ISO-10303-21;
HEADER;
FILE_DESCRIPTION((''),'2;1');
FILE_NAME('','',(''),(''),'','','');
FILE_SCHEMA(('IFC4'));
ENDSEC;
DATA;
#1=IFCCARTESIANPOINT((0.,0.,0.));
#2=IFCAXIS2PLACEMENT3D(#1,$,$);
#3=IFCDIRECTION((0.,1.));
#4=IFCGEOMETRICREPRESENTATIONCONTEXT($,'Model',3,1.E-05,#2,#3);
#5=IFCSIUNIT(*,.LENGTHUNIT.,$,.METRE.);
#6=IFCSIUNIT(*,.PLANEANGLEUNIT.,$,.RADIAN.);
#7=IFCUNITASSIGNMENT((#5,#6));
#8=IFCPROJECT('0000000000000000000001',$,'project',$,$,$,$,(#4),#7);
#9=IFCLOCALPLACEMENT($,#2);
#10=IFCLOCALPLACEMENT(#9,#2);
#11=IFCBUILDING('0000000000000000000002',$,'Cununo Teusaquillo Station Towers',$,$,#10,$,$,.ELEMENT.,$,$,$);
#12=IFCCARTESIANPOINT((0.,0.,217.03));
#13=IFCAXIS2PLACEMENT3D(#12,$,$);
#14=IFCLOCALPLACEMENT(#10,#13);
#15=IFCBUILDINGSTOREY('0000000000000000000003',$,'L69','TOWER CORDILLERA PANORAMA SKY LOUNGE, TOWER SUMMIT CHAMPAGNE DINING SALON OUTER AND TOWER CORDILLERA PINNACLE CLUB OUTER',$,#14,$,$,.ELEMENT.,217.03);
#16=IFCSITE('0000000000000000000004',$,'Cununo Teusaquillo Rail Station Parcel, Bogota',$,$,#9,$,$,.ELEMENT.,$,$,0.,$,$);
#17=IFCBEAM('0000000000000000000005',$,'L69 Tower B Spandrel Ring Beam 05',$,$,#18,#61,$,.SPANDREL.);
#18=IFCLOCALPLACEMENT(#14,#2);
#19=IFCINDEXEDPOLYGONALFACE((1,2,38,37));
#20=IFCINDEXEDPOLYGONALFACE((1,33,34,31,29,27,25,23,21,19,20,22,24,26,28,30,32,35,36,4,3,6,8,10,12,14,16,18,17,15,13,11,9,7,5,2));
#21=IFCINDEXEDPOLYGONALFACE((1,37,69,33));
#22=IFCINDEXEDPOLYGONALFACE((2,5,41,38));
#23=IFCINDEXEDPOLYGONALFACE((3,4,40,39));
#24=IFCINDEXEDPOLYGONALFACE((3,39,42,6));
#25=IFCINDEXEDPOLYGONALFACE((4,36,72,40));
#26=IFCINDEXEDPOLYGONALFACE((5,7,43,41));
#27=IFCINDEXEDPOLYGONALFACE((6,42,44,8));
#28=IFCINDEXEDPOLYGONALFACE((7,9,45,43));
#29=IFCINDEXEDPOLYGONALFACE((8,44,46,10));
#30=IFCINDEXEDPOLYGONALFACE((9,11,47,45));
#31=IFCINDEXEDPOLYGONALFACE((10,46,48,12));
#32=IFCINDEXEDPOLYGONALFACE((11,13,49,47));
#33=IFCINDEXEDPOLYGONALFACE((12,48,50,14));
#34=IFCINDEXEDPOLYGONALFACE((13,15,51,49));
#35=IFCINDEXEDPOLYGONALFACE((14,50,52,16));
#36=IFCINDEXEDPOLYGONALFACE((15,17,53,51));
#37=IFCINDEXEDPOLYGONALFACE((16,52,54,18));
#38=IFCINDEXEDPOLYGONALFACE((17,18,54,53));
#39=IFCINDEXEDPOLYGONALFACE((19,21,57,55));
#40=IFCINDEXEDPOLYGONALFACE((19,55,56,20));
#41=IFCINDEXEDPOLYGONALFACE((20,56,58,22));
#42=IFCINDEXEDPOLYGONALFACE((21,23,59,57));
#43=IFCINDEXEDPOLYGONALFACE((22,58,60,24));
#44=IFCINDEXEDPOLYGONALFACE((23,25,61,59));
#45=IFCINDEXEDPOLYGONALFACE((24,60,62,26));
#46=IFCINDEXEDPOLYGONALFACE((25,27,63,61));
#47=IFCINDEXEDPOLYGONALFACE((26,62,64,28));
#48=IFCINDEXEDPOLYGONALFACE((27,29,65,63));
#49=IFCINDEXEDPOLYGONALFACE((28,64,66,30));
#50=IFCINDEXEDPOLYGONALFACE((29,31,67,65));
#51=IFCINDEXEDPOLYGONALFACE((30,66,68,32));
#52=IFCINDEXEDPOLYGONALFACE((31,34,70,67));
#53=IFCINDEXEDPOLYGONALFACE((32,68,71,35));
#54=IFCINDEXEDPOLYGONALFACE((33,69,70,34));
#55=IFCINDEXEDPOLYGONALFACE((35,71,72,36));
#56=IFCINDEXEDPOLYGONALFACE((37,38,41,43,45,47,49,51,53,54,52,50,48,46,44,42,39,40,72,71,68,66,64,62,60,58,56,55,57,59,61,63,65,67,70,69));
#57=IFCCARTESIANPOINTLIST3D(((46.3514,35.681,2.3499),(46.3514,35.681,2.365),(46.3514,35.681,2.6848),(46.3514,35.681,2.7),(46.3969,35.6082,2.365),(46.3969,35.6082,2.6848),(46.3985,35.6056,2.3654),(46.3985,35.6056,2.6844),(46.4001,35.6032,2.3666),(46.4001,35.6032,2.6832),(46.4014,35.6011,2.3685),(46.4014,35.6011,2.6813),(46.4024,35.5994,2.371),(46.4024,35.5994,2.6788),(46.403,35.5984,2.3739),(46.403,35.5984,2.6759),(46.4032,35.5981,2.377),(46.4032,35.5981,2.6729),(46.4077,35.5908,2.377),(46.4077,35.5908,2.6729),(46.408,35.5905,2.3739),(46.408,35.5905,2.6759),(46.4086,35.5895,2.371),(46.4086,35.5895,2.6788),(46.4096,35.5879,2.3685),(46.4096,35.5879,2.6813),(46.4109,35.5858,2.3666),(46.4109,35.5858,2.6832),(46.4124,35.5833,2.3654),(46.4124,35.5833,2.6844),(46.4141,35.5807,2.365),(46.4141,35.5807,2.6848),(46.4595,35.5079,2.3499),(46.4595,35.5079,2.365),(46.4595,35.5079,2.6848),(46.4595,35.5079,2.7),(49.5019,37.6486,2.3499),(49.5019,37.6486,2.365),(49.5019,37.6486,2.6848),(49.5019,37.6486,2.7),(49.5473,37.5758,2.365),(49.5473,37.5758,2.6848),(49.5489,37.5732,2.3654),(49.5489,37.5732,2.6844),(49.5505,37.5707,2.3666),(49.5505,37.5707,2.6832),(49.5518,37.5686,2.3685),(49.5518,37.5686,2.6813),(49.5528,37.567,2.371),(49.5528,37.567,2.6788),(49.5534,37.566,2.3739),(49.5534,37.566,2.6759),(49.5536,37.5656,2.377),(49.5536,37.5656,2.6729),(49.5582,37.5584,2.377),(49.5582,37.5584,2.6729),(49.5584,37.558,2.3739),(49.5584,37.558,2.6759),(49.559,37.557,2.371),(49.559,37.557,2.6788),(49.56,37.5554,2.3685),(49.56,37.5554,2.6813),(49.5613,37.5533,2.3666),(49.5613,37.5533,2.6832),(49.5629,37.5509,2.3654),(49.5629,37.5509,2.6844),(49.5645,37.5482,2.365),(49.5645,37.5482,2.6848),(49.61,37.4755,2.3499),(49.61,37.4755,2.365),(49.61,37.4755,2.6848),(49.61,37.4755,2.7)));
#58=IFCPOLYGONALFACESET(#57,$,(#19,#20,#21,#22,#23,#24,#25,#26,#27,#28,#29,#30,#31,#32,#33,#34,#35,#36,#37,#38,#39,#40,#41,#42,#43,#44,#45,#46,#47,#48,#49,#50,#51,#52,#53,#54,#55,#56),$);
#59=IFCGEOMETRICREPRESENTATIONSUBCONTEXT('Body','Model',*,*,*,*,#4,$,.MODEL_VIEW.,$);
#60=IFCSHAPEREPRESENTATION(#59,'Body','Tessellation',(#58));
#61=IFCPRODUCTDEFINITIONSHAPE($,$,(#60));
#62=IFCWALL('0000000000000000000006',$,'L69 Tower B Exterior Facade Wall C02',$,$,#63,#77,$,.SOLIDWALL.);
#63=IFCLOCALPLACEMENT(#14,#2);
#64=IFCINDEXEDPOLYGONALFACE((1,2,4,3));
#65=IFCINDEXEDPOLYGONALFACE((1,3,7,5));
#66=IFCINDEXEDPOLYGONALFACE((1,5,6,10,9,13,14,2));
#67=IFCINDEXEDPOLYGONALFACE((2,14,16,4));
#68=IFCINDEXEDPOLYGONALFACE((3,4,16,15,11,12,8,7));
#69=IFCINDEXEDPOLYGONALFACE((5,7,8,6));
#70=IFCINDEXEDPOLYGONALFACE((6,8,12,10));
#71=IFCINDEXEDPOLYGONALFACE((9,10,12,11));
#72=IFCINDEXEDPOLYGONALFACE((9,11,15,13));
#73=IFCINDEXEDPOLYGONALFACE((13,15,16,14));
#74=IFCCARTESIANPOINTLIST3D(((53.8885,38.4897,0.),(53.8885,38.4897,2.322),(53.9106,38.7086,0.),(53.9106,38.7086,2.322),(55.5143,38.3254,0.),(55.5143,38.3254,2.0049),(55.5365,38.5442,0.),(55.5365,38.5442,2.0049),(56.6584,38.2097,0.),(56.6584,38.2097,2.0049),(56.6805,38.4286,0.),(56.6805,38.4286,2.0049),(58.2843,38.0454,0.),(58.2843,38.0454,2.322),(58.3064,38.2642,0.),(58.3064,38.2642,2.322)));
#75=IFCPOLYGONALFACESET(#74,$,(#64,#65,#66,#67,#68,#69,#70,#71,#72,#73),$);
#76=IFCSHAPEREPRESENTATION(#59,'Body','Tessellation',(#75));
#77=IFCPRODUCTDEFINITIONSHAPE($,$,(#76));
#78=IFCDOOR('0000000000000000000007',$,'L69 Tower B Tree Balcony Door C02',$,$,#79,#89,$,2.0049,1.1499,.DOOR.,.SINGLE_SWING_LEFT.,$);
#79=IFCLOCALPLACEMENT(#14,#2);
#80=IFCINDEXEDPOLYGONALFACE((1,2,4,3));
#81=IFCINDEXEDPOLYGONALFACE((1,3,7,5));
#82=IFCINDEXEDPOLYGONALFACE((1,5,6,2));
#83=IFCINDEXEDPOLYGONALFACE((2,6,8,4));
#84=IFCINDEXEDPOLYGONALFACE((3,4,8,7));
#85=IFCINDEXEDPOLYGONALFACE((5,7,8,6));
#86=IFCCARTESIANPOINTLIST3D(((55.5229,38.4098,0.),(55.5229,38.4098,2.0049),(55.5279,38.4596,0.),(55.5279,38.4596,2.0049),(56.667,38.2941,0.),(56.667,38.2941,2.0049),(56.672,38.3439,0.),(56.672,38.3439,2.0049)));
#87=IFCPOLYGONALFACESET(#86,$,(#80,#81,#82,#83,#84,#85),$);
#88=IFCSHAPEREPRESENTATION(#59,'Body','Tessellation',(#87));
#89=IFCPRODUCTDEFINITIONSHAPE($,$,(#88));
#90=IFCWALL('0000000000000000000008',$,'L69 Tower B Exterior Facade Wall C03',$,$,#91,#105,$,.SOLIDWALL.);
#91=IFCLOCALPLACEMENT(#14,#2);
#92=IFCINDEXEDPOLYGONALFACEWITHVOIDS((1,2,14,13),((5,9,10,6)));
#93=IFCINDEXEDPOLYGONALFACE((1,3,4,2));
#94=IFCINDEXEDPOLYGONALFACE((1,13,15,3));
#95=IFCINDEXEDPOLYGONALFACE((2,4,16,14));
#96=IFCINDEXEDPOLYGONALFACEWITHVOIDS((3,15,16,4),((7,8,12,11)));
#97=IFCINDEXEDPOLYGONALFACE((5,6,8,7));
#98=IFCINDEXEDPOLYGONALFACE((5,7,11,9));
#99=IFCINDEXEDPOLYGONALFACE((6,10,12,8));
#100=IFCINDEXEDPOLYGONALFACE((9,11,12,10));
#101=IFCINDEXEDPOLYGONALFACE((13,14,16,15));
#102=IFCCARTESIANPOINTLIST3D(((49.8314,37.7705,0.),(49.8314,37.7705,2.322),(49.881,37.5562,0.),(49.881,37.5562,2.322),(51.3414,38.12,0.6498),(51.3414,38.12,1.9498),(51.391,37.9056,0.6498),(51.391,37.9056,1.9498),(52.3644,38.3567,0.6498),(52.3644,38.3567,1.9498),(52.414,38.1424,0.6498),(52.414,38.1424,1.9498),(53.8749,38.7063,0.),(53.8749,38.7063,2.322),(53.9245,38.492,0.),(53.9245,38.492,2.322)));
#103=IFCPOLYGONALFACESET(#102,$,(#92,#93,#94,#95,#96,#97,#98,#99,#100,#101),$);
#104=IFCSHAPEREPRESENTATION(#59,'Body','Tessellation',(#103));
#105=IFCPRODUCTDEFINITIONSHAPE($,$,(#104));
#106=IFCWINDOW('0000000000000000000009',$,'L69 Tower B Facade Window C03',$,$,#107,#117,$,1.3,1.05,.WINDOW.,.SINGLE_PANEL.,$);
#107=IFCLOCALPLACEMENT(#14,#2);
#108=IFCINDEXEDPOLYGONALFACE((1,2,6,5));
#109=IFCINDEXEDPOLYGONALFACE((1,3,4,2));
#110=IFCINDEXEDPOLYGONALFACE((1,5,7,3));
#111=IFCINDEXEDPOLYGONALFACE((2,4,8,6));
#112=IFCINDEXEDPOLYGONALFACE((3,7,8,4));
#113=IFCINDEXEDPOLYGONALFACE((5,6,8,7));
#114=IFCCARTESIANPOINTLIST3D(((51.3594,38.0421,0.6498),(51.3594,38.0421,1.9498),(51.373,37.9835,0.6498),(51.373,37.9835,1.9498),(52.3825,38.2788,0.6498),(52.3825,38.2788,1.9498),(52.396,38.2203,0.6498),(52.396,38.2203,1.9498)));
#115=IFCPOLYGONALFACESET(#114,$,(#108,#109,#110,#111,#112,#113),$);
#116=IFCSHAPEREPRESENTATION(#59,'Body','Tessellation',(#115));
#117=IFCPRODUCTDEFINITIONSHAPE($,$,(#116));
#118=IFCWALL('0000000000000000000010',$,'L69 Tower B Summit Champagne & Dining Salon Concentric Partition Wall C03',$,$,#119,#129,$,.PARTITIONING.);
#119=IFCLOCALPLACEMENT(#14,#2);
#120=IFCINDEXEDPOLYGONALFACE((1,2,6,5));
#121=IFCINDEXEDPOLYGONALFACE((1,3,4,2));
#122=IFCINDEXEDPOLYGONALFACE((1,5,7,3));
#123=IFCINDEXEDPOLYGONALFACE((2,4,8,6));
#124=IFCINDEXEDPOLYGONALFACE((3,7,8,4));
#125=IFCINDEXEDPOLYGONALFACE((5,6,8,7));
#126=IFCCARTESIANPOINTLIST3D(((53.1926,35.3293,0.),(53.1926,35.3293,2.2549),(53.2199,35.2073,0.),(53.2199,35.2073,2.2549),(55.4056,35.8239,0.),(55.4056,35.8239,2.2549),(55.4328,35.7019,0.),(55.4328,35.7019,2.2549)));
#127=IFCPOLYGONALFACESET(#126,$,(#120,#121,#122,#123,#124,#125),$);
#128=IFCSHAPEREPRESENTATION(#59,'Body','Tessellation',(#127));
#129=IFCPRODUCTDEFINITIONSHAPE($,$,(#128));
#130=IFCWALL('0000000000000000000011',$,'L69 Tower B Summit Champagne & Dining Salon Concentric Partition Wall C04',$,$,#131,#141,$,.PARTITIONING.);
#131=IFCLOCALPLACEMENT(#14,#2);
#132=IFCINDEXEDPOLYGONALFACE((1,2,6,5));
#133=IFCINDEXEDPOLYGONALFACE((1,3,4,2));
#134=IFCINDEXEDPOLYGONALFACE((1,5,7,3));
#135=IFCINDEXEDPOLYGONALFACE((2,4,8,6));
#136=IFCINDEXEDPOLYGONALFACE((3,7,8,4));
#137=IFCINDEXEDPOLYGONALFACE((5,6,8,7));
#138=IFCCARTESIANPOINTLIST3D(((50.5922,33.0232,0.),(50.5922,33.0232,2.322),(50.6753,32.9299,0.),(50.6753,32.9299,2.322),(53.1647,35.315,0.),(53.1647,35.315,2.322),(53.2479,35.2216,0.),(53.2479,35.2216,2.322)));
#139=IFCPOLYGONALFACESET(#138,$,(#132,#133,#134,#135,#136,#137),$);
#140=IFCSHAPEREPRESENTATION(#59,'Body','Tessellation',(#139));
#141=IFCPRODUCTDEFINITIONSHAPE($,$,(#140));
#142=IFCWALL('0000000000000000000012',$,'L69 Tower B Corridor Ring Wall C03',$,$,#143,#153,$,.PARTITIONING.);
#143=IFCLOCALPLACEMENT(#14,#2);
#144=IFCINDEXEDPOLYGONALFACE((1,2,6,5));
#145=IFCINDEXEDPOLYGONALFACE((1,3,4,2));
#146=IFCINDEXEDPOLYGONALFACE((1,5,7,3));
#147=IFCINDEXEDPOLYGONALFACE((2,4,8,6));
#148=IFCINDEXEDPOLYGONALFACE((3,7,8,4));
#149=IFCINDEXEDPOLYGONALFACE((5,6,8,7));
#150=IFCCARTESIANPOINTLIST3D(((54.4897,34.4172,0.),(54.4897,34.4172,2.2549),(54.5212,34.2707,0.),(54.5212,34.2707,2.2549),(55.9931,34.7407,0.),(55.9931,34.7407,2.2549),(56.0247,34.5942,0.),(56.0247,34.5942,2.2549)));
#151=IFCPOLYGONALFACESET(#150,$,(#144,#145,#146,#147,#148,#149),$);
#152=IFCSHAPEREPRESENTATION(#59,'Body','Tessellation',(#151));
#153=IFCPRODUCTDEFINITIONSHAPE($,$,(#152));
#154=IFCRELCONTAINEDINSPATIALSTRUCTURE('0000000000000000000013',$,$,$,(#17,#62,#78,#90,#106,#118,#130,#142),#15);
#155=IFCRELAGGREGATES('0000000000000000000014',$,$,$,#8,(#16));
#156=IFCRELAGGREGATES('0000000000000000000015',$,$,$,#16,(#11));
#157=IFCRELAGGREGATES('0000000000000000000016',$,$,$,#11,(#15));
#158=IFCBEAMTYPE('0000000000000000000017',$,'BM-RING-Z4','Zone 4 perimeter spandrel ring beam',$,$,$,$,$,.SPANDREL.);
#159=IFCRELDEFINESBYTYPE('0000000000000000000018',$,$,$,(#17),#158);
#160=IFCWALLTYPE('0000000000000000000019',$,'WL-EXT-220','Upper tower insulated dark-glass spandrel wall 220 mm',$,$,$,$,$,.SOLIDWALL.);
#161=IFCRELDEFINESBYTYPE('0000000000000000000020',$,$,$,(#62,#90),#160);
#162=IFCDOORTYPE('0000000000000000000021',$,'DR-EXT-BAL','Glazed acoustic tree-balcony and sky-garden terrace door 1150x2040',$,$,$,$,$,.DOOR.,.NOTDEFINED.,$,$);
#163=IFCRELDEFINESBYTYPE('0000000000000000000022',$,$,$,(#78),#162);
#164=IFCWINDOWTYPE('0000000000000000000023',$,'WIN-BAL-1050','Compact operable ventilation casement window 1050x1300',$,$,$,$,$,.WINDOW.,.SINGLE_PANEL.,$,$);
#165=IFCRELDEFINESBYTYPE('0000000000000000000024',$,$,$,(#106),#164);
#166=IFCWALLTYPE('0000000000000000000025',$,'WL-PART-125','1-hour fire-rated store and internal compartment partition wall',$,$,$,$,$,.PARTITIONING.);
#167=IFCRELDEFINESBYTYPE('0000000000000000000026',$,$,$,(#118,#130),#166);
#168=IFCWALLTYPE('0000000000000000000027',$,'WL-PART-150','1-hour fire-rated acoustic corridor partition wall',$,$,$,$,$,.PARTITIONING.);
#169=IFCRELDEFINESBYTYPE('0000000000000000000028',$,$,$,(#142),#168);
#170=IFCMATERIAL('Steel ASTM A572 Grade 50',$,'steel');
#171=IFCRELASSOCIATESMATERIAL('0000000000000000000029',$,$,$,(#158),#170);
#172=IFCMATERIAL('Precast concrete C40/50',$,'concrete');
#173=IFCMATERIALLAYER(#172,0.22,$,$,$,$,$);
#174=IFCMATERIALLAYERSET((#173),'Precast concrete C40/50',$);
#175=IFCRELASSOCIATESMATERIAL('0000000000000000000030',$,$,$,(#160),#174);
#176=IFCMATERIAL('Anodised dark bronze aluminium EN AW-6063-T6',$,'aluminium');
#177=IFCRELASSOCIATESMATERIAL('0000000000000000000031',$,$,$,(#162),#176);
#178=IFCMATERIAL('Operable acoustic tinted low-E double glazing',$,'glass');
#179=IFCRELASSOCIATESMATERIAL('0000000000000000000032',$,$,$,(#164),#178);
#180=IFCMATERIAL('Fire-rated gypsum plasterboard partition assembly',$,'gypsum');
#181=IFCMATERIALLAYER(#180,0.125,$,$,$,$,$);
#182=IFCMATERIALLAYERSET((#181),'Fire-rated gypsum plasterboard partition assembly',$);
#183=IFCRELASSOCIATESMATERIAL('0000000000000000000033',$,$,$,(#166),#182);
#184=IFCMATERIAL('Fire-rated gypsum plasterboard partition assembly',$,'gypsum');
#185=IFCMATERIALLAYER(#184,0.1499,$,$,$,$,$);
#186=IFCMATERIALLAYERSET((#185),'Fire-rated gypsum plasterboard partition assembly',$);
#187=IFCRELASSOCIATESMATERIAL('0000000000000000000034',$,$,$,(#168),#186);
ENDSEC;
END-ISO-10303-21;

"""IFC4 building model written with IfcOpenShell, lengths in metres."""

from ifc_helpers import new_model, si_unit, direction, frame, frame_2d, origin, origin_2d, place, context, subcontext, project, spatial, rectangle, i_section, extrude, source, transform, mapped, material, layer, layer_set, material_profile, profile_set, type_object, element, fill, save


model = new_model("IFC4")

# Units and contexts
model_context = context("Model", 3, precision=1e-05, world=origin(), true_north=direction((0.0, 1.0)))
body_context = subcontext(model_context, "Body", "Model", "MODEL_VIEW")
ifc_project = project(units=[si_unit("LENGTHUNIT", "METRE"), si_unit("PLANEANGLEUNIT", "RADIAN")], contexts=[model_context])

# Site, building, storey
site_placement = place(None, origin())
site = spatial("IfcSite", under=ifc_project, at=site_placement, Name="Cununo Teusaquillo Rail Station Parcel, Bogota", CompositionType="ELEMENT", RefElevation=0.0)
building_placement = place(site_placement, origin())
building = spatial("IfcBuilding", under=site, at=building_placement, Name="Cununo Teusaquillo Station Towers", CompositionType="ELEMENT")
storey_placement = place(building_placement, frame((0.0, 0.0, 217.03)))
storey = spatial("IfcBuildingStorey", under=building, at=storey_placement, Name="L69", Description="TOWER CORDILLERA PANORAMA SKY LOUNGE, TOWER SUMMIT CHAMPAGNE DINING SALON OUTER AND TOWER CORDILLERA PINNACLE CLUB OUTER", CompositionType="ELEMENT", Elevation=217.03)

# Beam
ifc_material_1 = material(Name="Steel ASTM A572 Grade 50", Category="steel")
ifc_material_profile_1 = material_profile(ifc_material_1, i_section(OverallWidth=0.2041, OverallDepth=0.3501, WebThickness=0.0085, FlangeThickness=0.0151, FilletRadius=0.012, at=origin_2d()), Name="W14X48")
ifc_profile_set_1 = profile_set([ifc_material_profile_1], Name="Steel ASTM A572 Grade 50")
beam_type_1 = type_object("IfcBeamType", Name="BM-RING-Z4", Description="Zone 4 perimeter spandrel ring beam", PredefinedType="SPANDREL", material=ifc_profile_set_1)
beam_1_placement = place(storey_placement, frame((49.5559, 37.562, 2.5249), z_axis=(-0.848176, -0.529715, 0.0), x_axis=(0.529715, -0.848176, 0.0)))
element("IfcBeam", 1, at=beam_1_placement, inside=storey, type_object=beam_type_1, Name="L69 Tower B Spandrel Ring Beam 05", PredefinedType="SPANDREL", context=body_context, shape_type="SweptSolid", body=[
    extrude(i_section(OverallWidth=0.2041, OverallDepth=0.3501, WebThickness=0.0085, FlangeThickness=0.0151, FilletRadius=0.012, at=origin_2d()), origin(), (0.0, 0.0, 1.0), 3.7144),
])

# Wall, opening, door
ifc_material_2 = material(Name="Precast concrete C40/50", Category="concrete")
ifc_layer_1 = layer(ifc_material_2, 0.22)
ifc_layer_set_1 = layer_set([ifc_layer_1], Name="Precast concrete C40/50")
wall_type_1 = type_object("IfcWallType", Name="WL-EXT-220", Description="Upper tower insulated dark-glass spandrel wall 220 mm", PredefinedType="SOLIDWALL", material=ifc_layer_set_1)
wall_1_placement = place(storey_placement, frame((53.8997, 38.5991, 0.0), z_axis=(0.0, 0.0, 1.0), x_axis=(0.99493, -0.100571, 0.0)))
wall_1 = element("IfcWall", 2, at=wall_1_placement, inside=storey, type_object=wall_type_1, Name="L69 Tower B Exterior Facade Wall C02", PredefinedType="SOLIDWALL", context=body_context, shape_type="SweptSolid", body=[
    extrude(rectangle(XDim=4.4182, YDim=0.22, at=frame_2d((2.209, 0.0))), origin(), (0.0, 0.0, 1.0), 2.322),
])
shared_shape_1 = source(origin(), body_context, "Body", "SweptSolid", [
    extrude(rectangle(XDim=1.1499, YDim=2.0049, at=frame_2d((0.575, 1.0024))), frame((0.0, 0.1199, 0.0), z_axis=(0.0, -1.0, 0.0), x_axis=(1.0, 0.0, 0.0)), (0.0, 0.0, 1.0), 0.24),
])
opening_1_placement = place(wall_1_placement, frame((1.634, 0.0, 0.0)))
opening_1 = element("IfcOpeningElement", 3, at=opening_1_placement, cuts=wall_1, PredefinedType="OPENING", context=body_context, shape_type="MappedRepresentation", body=[
    mapped(shared_shape_1, transform((0.0, 0.0, 0.0), x_axis=(1.0, 0.0, 0.0), y_axis=(0.0, 1.0, 0.0), z_axis=(0.0, 0.0, 1.0), scale=1.0)),
])
ifc_material_3 = material(Name="Anodised dark bronze aluminium EN AW-6063-T6", Category="aluminium")
door_type_1 = type_object("IfcDoorType", Name="DR-EXT-BAL", Description="Glazed acoustic tree-balcony and sky-garden terrace door 1150x2040", OperationType="NOTDEFINED", PredefinedType="DOOR", material=ifc_material_3)
shared_shape_2 = source(origin(), body_context, "Body", "SweptSolid", [
    extrude(rectangle(XDim=1.1499, YDim=2.0049, at=frame_2d((0.575, 1.0024))), frame((0.0, 0.0249, 0.0), z_axis=(0.0, -1.0, 0.0), x_axis=(1.0, 0.0, 0.0)), (0.0, 0.0, 1.0), 0.05),
])
door_1_placement = place(opening_1_placement, origin())
door_1 = element("IfcDoor", 4, at=door_1_placement, inside=storey, type_object=door_type_1, Name="L69 Tower B Tree Balcony Door C02", OperationType="SINGLE_SWING_LEFT", OverallHeight=2.0049, OverallWidth=1.1499, PredefinedType="DOOR", context=body_context, shape_type="MappedRepresentation", body=[
    mapped(shared_shape_2, transform((0.0, 0.0, 0.0), x_axis=(1.0, 0.0, 0.0), y_axis=(0.0, 1.0, 0.0), z_axis=(0.0, 0.0, 1.0), scale=1.0)),
])
fill(opening_1, door_1)

# Wall, opening, window
wall_2_placement = place(storey_placement, frame((49.8562, 37.6633, 0.0), z_axis=(0.0, 0.0, 1.0), x_axis=(0.974249, 0.225474, 0.0)))
wall_2 = element("IfcWall", 5, at=wall_2_placement, inside=storey, type_object=wall_type_1, Name="L69 Tower B Exterior Facade Wall C03", PredefinedType="SOLIDWALL", context=body_context, shape_type="SweptSolid", body=[
    extrude(rectangle(XDim=4.1504, YDim=0.22, at=frame_2d((2.0752, 0.0))), origin(), (0.0, 0.0, 1.0), 2.322),
])
shared_shape_3 = source(origin(), body_context, "Body", "SweptSolid", [
    extrude(rectangle(XDim=1.05, YDim=1.3, at=frame_2d((0.5249, 0.6499))), frame((0.0, 0.1199, 0.0), z_axis=(0.0, -1.0, 0.0), x_axis=(1.0, 0.0, 0.0)), (0.0, 0.0, 1.0), 0.24),
])
opening_2_placement = place(wall_2_placement, frame((1.55, 0.0, 0.6499)))
opening_2 = element("IfcOpeningElement", 6, at=opening_2_placement, cuts=wall_2, PredefinedType="OPENING", context=body_context, shape_type="MappedRepresentation", body=[
    mapped(shared_shape_3, transform((0.0, 0.0, 0.0), x_axis=(1.0, 0.0, 0.0), y_axis=(0.0, 1.0, 0.0), z_axis=(0.0, 0.0, 1.0), scale=1.0)),
])
ifc_material_4 = material(Name="Operable acoustic tinted low-E double glazing", Category="glass")
window_type = type_object("IfcWindowType", Name="WIN-BAL-1050", Description="Compact operable ventilation casement window 1050x1300", PartitioningType="SINGLE_PANEL", PredefinedType="WINDOW", material=ifc_material_4)
shared_shape_4 = source(origin(), body_context, "Body", "SweptSolid", [
    extrude(rectangle(XDim=1.05, YDim=1.3, at=frame_2d((0.5249, 0.6499))), frame((0.0, 0.03, 0.0), z_axis=(0.0, -1.0, 0.0), x_axis=(1.0, 0.0, 0.0)), (0.0, 0.0, 1.0), 0.0601),
])
window_placement = place(opening_2_placement, origin())
window = element("IfcWindow", 7, at=window_placement, inside=storey, type_object=window_type, Name="L69 Tower B Facade Window C03", OverallHeight=1.3, OverallWidth=1.05, PartitioningType="SINGLE_PANEL", PredefinedType="WINDOW", context=body_context, shape_type="MappedRepresentation", body=[
    mapped(shared_shape_4, transform((0.0, 0.0, 0.0), x_axis=(1.0, 0.0, 0.0), y_axis=(0.0, 1.0, 0.0), z_axis=(0.0, 0.0, 1.0), scale=1.0)),
])
fill(opening_2, window)

# Walls
ifc_material_5 = material(Name="Fire-rated gypsum plasterboard partition assembly", Category="gypsum")
ifc_layer_2 = layer(ifc_material_5, 0.125)
ifc_layer_set_2 = layer_set([ifc_layer_2], Name="Fire-rated gypsum plasterboard partition assembly")
wall_type_2 = type_object("IfcWallType", Name="WL-PART-125", Description="1-hour fire-rated store and internal compartment partition wall", PredefinedType="PARTITIONING", material=ifc_layer_set_2)
wall_3_placement = place(storey_placement, frame((55.4192, 35.7629, 0.0), z_axis=(0.0, 0.0, 1.0), x_axis=(-0.975918, -0.218139, 0.0)))
element("IfcWall", 8, at=wall_3_placement, inside=storey, type_object=wall_type_2, Name="L69 Tower B Summit Champagne & Dining Salon Concentric Partition Wall C03", PredefinedType="PARTITIONING", context=body_context, shape_type="SweptSolid", body=[
    extrude(rectangle(XDim=2.2676, YDim=0.125, at=frame_2d((1.1338, 0.0))), origin(), (0.0, 0.0, 1.0), 2.2549),
])
wall_4_placement = place(storey_placement, frame((53.2063, 35.2683, 0.0), z_axis=(0.0, 0.0, 1.0), x_axis=(-0.746678, -0.665186, 0.0)))
element("IfcWall", 9, at=wall_4_placement, inside=storey, type_object=wall_type_2, Name="L69 Tower B Summit Champagne & Dining Salon Concentric Partition Wall C04", PredefinedType="PARTITIONING", context=body_context, shape_type="SweptSolid", body=[
    extrude(rectangle(XDim=3.4453, YDim=0.125, at=frame_2d((1.7227, 0.0))), origin(), (0.0, 0.0, 1.0), 2.322),
])
ifc_material_6 = material(Name="Fire-rated gypsum plasterboard partition assembly", Category="gypsum")
ifc_layer_3 = layer(ifc_material_6, 0.1499)
ifc_layer_set_3 = layer_set([ifc_layer_3], Name="Fire-rated gypsum plasterboard partition assembly")
wall_type_3 = type_object("IfcWallType", Name="WL-PART-150", Description="1-hour fire-rated acoustic corridor partition wall", PredefinedType="PARTITIONING", material=ifc_layer_set_3)
wall_5_placement = place(storey_placement, frame((56.009, 34.6675, 0.0), z_axis=(0.0, 0.0, 1.0), x_axis=(-0.977625, -0.210353, 0.0)))
element("IfcWall", 10, at=wall_5_placement, inside=storey, type_object=wall_type_3, Name="L69 Tower B Corridor Ring Wall C03", PredefinedType="PARTITIONING", context=body_context, shape_type="SweptSolid", body=[
    extrude(rectangle(XDim=1.5378, YDim=0.1499, at=frame_2d((0.769, 0.0))), origin(), (0.0, 0.0, 1.0), 2.2549),
])

save(model, "model.ifc")
